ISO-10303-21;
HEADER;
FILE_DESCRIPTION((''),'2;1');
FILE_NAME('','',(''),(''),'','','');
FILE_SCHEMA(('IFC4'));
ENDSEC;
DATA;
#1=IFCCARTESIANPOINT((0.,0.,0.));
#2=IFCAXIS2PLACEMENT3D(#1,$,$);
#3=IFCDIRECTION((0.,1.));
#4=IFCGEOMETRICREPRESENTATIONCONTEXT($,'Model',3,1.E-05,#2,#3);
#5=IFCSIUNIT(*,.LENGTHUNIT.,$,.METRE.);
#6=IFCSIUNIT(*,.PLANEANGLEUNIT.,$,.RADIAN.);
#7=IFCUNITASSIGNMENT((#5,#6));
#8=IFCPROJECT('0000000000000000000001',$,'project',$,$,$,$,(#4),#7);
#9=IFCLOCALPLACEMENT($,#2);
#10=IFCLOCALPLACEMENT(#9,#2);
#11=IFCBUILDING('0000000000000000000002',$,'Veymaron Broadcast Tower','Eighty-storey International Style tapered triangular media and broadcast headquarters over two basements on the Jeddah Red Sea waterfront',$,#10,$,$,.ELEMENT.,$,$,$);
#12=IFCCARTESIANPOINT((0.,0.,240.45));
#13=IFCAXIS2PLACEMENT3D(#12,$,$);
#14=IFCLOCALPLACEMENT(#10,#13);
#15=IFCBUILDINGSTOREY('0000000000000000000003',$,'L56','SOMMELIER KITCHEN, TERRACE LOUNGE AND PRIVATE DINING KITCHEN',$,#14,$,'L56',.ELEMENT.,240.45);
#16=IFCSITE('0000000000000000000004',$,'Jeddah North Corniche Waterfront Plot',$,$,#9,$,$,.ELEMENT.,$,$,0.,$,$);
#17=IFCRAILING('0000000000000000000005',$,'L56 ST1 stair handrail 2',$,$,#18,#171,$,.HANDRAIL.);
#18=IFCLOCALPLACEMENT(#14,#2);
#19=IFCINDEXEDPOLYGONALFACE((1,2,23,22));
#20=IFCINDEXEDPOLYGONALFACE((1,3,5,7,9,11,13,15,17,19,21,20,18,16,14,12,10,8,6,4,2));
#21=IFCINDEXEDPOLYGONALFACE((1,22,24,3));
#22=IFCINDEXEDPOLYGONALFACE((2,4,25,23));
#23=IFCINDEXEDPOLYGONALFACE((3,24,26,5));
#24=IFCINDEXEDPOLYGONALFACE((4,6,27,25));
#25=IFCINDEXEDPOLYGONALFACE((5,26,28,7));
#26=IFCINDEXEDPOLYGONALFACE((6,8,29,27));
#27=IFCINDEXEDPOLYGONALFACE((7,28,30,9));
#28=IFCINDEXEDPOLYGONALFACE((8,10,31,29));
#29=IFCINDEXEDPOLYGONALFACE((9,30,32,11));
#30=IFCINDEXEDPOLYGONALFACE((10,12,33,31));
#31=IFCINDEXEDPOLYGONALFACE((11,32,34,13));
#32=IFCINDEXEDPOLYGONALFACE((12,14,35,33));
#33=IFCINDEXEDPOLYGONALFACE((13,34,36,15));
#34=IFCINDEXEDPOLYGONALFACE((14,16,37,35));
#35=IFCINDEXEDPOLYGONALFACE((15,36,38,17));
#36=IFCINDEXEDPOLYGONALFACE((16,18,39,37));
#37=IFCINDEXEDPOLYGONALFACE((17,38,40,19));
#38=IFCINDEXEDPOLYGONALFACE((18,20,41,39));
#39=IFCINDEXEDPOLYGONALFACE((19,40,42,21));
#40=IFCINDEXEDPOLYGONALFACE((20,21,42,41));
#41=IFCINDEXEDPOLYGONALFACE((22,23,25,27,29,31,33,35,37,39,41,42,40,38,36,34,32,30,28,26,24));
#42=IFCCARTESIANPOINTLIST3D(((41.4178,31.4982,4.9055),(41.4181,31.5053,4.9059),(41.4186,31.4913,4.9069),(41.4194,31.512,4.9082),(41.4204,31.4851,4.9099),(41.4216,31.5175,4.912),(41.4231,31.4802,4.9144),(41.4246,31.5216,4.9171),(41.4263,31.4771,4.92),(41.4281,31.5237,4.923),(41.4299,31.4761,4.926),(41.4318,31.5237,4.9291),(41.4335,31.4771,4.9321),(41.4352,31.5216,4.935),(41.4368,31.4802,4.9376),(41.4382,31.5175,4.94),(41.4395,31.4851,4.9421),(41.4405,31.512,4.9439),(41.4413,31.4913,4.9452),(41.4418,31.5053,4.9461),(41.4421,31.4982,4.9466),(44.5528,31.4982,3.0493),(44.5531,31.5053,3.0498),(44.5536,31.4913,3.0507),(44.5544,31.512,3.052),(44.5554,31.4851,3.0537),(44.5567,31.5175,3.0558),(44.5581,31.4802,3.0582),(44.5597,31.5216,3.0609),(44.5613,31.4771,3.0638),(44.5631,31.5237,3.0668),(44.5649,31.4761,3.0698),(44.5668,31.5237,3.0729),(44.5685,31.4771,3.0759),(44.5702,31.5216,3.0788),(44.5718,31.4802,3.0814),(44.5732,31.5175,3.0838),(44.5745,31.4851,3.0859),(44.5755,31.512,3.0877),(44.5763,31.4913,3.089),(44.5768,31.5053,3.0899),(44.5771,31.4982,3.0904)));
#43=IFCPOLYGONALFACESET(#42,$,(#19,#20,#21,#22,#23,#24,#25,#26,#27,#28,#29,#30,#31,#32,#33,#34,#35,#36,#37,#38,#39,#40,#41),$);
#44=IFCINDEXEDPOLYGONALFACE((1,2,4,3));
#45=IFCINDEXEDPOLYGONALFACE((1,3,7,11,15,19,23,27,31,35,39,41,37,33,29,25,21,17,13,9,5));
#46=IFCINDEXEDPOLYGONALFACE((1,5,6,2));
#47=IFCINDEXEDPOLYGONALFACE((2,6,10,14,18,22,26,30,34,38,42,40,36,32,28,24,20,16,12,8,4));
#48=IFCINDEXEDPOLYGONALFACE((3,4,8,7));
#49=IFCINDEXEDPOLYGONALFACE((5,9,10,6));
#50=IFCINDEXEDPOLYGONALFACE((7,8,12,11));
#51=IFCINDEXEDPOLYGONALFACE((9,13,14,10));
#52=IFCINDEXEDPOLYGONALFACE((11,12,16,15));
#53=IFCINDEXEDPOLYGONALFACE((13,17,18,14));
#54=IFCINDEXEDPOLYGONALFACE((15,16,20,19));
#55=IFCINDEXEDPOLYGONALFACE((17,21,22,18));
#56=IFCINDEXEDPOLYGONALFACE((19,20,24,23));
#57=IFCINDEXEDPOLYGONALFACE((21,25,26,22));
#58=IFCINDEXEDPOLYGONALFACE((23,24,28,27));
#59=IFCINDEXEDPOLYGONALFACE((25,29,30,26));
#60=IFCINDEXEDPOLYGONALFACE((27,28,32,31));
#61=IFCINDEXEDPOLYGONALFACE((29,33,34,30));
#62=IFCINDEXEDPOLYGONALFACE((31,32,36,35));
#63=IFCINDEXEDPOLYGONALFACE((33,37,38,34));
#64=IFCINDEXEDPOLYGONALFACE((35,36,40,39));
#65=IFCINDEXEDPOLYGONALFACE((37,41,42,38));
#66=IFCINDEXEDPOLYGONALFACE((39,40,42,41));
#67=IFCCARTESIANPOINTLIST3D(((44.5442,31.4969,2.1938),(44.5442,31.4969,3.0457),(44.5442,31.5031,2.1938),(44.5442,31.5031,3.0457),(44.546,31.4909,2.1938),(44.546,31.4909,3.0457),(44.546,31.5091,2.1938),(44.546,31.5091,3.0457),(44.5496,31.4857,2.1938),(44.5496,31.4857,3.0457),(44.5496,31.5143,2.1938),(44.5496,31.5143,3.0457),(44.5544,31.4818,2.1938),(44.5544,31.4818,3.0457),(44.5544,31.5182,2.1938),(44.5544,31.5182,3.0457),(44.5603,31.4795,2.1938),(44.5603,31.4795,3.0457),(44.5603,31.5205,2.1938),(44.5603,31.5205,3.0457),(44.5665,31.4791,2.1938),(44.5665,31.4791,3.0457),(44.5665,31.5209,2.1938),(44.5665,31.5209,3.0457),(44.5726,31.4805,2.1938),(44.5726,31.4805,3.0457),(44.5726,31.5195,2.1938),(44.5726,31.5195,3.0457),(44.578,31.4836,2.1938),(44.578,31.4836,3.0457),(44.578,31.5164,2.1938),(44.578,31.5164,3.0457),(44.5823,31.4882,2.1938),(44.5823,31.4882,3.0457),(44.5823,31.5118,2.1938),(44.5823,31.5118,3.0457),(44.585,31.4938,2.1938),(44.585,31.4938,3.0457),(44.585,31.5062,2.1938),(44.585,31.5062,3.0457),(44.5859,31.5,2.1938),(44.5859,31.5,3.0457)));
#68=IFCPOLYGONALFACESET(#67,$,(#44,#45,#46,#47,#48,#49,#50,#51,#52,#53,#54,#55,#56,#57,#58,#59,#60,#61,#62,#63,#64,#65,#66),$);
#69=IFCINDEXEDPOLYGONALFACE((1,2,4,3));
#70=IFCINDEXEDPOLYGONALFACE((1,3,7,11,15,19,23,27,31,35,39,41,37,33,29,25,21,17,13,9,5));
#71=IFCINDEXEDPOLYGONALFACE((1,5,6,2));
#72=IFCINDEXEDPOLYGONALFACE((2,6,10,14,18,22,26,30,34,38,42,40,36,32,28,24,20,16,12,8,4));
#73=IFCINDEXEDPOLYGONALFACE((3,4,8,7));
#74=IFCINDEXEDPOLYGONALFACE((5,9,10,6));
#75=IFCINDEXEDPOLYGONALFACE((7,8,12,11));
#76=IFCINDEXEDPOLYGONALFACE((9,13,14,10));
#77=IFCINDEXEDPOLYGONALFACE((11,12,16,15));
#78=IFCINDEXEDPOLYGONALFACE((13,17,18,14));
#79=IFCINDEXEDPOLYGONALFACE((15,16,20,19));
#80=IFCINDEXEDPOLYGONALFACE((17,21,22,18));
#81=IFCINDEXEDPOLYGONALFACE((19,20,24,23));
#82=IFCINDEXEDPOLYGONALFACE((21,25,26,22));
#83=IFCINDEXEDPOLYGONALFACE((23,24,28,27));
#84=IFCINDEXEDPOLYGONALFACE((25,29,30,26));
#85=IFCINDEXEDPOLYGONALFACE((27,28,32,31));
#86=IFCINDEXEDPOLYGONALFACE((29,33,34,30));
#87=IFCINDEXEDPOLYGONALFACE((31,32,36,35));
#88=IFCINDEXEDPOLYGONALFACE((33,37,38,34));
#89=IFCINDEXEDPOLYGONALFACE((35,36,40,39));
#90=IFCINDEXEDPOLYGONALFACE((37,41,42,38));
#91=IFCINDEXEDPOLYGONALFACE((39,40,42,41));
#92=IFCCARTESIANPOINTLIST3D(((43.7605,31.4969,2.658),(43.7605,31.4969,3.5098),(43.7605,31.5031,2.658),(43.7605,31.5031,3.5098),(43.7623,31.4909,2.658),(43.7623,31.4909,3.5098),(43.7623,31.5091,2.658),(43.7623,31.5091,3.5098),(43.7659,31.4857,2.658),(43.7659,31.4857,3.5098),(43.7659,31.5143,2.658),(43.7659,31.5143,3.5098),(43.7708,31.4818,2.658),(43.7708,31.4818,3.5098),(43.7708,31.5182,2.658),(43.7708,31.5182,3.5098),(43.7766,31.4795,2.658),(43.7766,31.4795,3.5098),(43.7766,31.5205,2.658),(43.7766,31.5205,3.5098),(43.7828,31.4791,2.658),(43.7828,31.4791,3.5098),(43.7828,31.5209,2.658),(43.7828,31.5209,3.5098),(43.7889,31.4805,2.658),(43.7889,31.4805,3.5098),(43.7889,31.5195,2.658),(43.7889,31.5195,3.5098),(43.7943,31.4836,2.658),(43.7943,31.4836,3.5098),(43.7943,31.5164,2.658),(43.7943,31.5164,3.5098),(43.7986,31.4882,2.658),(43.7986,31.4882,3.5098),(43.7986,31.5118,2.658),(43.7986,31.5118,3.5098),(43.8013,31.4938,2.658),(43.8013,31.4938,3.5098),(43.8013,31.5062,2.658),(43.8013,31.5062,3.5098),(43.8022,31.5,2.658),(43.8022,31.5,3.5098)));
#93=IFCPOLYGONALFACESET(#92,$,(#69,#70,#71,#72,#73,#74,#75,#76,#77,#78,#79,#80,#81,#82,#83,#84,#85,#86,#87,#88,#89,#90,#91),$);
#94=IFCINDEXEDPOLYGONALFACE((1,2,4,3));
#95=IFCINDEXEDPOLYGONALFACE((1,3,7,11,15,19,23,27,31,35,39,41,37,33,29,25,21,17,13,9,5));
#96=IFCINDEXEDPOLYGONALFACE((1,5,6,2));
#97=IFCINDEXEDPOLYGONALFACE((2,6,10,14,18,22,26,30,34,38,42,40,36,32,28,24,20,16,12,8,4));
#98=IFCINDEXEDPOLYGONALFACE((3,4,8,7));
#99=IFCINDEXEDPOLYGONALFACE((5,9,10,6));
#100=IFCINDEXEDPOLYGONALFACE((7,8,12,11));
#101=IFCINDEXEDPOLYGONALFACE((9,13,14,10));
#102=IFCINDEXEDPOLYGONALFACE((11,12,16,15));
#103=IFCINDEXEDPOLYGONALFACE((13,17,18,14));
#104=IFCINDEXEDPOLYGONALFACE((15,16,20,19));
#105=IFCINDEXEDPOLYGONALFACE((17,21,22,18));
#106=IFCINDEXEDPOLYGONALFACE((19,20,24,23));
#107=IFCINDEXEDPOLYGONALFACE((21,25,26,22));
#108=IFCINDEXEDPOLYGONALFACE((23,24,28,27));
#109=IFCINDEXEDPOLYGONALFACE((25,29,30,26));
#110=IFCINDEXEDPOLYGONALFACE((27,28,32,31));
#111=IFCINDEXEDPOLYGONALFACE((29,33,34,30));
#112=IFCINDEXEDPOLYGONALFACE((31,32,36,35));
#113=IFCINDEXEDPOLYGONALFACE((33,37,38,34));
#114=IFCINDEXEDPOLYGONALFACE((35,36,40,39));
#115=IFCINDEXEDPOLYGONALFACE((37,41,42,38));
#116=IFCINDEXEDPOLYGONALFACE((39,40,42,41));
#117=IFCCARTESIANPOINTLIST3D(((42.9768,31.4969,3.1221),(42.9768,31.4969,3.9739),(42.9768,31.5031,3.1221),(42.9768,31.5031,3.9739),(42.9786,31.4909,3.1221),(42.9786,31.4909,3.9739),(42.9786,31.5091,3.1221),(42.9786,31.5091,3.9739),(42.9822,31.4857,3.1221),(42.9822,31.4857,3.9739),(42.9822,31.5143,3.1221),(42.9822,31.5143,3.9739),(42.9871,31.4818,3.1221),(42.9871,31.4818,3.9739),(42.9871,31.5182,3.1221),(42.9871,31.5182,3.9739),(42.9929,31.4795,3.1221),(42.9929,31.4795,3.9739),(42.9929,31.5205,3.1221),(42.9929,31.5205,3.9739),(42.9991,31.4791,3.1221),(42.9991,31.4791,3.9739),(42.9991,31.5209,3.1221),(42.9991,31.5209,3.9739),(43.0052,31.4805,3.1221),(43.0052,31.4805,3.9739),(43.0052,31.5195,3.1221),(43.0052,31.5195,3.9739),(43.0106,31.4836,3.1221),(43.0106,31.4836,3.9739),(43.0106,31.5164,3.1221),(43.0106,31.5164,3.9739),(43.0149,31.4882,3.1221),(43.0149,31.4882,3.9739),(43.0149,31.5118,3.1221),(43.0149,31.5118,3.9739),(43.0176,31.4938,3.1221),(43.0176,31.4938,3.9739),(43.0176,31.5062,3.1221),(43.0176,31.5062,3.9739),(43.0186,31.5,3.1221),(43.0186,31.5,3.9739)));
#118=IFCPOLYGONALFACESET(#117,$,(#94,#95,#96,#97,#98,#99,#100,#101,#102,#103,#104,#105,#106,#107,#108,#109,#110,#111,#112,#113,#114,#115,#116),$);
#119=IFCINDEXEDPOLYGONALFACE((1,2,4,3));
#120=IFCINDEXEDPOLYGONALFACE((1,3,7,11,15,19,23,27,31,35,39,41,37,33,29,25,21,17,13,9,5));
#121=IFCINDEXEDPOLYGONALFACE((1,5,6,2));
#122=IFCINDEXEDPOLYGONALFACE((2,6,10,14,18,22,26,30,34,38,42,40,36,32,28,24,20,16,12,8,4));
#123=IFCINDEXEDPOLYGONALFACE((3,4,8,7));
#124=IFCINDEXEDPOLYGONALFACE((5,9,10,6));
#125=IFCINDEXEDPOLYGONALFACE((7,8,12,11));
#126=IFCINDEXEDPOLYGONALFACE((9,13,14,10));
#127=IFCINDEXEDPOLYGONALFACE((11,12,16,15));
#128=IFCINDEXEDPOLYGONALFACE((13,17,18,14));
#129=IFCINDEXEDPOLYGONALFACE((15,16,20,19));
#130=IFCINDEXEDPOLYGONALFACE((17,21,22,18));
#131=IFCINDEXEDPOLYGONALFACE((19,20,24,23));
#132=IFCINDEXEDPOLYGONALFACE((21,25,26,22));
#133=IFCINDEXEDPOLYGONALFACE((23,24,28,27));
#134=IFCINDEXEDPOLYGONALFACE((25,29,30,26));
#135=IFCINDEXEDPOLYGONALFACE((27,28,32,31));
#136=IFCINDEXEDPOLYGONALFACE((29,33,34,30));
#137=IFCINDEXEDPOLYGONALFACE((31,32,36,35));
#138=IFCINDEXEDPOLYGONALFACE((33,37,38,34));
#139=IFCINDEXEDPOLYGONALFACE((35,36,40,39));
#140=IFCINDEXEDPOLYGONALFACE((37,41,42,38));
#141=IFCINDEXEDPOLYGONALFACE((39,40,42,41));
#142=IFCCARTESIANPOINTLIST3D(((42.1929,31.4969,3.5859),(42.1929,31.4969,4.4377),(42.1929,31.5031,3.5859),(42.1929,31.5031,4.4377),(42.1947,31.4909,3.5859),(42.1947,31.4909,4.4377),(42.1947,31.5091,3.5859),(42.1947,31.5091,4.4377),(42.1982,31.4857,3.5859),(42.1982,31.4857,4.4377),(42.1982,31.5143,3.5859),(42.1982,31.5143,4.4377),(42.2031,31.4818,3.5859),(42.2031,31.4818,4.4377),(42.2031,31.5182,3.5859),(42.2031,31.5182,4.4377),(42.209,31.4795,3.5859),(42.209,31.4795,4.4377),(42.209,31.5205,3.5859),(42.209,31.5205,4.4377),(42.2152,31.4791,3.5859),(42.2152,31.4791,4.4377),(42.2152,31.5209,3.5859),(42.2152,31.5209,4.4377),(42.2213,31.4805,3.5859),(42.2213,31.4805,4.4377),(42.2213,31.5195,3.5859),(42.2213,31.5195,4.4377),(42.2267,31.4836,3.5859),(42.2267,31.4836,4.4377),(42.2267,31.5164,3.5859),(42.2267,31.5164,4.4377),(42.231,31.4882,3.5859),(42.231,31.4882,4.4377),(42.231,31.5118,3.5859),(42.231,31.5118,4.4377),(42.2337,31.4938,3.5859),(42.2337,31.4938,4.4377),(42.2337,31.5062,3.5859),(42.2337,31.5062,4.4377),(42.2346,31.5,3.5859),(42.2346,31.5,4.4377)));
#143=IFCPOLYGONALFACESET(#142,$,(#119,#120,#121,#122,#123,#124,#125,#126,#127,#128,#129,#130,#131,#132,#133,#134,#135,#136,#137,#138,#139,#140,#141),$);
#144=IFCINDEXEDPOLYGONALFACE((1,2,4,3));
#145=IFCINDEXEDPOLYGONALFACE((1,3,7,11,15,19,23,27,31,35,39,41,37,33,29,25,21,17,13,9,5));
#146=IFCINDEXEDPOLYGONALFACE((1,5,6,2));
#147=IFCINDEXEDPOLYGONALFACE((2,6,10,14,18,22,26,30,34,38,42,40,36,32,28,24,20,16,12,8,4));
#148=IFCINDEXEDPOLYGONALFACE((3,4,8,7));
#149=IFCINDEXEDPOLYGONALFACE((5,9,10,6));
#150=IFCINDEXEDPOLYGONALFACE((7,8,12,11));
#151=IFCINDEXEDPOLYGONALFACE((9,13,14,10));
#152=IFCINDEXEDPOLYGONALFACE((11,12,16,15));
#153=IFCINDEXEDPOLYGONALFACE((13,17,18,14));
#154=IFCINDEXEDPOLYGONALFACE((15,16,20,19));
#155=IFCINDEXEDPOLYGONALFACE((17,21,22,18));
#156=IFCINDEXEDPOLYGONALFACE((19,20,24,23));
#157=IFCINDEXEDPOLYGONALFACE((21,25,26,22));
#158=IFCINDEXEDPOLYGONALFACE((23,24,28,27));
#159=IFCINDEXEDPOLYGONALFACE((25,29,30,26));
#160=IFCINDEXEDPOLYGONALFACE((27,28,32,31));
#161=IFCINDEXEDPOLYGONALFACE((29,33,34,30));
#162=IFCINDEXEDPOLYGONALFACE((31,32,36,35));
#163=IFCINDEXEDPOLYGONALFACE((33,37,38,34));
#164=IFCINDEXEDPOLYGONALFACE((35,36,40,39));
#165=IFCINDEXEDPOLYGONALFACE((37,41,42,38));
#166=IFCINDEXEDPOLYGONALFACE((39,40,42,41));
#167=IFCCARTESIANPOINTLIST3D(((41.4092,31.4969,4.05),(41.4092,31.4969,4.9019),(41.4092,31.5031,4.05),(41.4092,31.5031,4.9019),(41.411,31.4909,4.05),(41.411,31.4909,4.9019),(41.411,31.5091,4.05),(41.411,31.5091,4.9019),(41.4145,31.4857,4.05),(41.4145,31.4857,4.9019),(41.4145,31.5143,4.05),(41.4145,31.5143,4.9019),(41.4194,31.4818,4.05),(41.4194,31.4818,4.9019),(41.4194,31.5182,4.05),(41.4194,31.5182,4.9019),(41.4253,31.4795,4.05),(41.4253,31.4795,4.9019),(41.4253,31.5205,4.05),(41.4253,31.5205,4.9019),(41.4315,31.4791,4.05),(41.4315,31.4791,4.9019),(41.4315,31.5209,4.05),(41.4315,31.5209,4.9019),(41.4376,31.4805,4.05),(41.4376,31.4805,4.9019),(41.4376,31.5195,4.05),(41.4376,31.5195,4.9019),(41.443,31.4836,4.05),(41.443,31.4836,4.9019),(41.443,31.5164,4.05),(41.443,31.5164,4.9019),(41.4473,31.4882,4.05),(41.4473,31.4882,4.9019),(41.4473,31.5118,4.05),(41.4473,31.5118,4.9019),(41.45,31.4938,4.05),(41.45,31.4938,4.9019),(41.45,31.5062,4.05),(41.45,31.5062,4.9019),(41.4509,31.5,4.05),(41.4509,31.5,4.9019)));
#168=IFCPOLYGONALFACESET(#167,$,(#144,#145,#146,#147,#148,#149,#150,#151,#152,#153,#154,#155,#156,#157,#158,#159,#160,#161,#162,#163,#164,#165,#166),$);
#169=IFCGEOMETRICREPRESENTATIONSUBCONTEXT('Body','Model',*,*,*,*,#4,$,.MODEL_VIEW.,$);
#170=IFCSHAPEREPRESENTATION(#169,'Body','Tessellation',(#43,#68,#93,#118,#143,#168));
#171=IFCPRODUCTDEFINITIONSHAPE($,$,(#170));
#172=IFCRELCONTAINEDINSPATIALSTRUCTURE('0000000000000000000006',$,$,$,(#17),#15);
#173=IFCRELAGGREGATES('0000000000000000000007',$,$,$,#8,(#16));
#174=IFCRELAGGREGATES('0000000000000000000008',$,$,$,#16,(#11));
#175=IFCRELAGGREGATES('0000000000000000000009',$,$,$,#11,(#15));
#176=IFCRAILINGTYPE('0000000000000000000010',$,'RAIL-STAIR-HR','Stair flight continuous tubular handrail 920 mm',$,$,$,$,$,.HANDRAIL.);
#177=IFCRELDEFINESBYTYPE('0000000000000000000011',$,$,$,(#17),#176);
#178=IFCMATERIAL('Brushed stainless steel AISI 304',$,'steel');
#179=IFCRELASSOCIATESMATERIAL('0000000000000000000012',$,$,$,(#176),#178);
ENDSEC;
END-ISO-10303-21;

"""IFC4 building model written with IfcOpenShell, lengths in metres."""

from ifc_helpers import new_model, si_unit, direction, frame, origin, origin_2d, place, context, subcontext, project, spatial, circle, extrude, material, type_object, element, save


model = new_model("IFC4")

# Units and contexts
model_context = context("Model", 3, precision=1e-05, world=origin(), true_north=direction((0.0, 1.0)))
body_context = subcontext(model_context, "Body", "Model", "MODEL_VIEW")
ifc_project = project(units=[si_unit("LENGTHUNIT", "METRE"), si_unit("PLANEANGLEUNIT", "RADIAN")], contexts=[model_context])

# Site, building, storey
site_placement = place(None, origin())
site = spatial("IfcSite", under=ifc_project, at=site_placement, Name="Jeddah North Corniche Waterfront Plot", CompositionType="ELEMENT", RefElevation=0.0)
building_placement = place(site_placement, origin())
building = spatial("IfcBuilding", under=site, at=building_placement, Name="Veymaron Broadcast Tower", Description="Eighty-storey International Style tapered triangular media and broadcast headquarters over two basements on the Jeddah Red Sea waterfront", CompositionType="ELEMENT")
storey_placement = place(building_placement, frame((0.0, 0.0, 240.45)))
storey = spatial("IfcBuildingStorey", under=building, at=storey_placement, Name="L56", Description="SOMMELIER KITCHEN, TERRACE LOUNGE AND PRIVATE DINING KITCHEN", LongName="L56", CompositionType="ELEMENT", Elevation=240.45)

# Shared definitions
ifc_material_1 = material(Name="Brushed stainless steel AISI 304", Category="steel")

# Railing
railing_type_1 = type_object("IfcRailingType", Name="RAIL-STAIR-HR", Description="Stair flight continuous tubular handrail 920 mm", PredefinedType="HANDRAIL", material=ifc_material_1)
railing_1_placement = place(storey_placement, frame((44.5649, 31.5, 2.1938)))
element("IfcRailing", 1, at=railing_1_placement, inside=storey, type_object=railing_type_1, Name="L56 ST1 stair handrail 2", PredefinedType="HANDRAIL", context=body_context, shape_type="SweptSolid", body=[
    extrude(circle(Radius=0.0239, at=origin_2d()), frame((0.0, 0.0, 0.876), z_axis=(-0.860482, 0.0, 0.509481), x_axis=(0.0, -1.0, 0.0)), (0.0, 0.0, 1.0), 3.6433),
    extrude(circle(Radius=0.021, at=origin_2d()), origin(), (0.0, 0.0, 1.0), 0.8518),
    extrude(circle(Radius=0.021, at=origin_2d()), frame((-0.7837, 0.0, 0.4641)), (0.0, 0.0, 1.0), 0.8518),
    extrude(circle(Radius=0.021, at=origin_2d()), frame((-1.5674, 0.0, 0.9282)), (0.0, 0.0, 1.0), 0.8518),
    extrude(circle(Radius=0.021, at=origin_2d()), frame((-2.3513, 0.0, 1.3921)), (0.0, 0.0, 1.0), 0.8518),
    extrude(circle(Radius=0.021, at=origin_2d()), frame((-3.135, 0.0, 1.8562)), (0.0, 0.0, 1.0), 0.8518),
])

save(model, "model.ifc")
